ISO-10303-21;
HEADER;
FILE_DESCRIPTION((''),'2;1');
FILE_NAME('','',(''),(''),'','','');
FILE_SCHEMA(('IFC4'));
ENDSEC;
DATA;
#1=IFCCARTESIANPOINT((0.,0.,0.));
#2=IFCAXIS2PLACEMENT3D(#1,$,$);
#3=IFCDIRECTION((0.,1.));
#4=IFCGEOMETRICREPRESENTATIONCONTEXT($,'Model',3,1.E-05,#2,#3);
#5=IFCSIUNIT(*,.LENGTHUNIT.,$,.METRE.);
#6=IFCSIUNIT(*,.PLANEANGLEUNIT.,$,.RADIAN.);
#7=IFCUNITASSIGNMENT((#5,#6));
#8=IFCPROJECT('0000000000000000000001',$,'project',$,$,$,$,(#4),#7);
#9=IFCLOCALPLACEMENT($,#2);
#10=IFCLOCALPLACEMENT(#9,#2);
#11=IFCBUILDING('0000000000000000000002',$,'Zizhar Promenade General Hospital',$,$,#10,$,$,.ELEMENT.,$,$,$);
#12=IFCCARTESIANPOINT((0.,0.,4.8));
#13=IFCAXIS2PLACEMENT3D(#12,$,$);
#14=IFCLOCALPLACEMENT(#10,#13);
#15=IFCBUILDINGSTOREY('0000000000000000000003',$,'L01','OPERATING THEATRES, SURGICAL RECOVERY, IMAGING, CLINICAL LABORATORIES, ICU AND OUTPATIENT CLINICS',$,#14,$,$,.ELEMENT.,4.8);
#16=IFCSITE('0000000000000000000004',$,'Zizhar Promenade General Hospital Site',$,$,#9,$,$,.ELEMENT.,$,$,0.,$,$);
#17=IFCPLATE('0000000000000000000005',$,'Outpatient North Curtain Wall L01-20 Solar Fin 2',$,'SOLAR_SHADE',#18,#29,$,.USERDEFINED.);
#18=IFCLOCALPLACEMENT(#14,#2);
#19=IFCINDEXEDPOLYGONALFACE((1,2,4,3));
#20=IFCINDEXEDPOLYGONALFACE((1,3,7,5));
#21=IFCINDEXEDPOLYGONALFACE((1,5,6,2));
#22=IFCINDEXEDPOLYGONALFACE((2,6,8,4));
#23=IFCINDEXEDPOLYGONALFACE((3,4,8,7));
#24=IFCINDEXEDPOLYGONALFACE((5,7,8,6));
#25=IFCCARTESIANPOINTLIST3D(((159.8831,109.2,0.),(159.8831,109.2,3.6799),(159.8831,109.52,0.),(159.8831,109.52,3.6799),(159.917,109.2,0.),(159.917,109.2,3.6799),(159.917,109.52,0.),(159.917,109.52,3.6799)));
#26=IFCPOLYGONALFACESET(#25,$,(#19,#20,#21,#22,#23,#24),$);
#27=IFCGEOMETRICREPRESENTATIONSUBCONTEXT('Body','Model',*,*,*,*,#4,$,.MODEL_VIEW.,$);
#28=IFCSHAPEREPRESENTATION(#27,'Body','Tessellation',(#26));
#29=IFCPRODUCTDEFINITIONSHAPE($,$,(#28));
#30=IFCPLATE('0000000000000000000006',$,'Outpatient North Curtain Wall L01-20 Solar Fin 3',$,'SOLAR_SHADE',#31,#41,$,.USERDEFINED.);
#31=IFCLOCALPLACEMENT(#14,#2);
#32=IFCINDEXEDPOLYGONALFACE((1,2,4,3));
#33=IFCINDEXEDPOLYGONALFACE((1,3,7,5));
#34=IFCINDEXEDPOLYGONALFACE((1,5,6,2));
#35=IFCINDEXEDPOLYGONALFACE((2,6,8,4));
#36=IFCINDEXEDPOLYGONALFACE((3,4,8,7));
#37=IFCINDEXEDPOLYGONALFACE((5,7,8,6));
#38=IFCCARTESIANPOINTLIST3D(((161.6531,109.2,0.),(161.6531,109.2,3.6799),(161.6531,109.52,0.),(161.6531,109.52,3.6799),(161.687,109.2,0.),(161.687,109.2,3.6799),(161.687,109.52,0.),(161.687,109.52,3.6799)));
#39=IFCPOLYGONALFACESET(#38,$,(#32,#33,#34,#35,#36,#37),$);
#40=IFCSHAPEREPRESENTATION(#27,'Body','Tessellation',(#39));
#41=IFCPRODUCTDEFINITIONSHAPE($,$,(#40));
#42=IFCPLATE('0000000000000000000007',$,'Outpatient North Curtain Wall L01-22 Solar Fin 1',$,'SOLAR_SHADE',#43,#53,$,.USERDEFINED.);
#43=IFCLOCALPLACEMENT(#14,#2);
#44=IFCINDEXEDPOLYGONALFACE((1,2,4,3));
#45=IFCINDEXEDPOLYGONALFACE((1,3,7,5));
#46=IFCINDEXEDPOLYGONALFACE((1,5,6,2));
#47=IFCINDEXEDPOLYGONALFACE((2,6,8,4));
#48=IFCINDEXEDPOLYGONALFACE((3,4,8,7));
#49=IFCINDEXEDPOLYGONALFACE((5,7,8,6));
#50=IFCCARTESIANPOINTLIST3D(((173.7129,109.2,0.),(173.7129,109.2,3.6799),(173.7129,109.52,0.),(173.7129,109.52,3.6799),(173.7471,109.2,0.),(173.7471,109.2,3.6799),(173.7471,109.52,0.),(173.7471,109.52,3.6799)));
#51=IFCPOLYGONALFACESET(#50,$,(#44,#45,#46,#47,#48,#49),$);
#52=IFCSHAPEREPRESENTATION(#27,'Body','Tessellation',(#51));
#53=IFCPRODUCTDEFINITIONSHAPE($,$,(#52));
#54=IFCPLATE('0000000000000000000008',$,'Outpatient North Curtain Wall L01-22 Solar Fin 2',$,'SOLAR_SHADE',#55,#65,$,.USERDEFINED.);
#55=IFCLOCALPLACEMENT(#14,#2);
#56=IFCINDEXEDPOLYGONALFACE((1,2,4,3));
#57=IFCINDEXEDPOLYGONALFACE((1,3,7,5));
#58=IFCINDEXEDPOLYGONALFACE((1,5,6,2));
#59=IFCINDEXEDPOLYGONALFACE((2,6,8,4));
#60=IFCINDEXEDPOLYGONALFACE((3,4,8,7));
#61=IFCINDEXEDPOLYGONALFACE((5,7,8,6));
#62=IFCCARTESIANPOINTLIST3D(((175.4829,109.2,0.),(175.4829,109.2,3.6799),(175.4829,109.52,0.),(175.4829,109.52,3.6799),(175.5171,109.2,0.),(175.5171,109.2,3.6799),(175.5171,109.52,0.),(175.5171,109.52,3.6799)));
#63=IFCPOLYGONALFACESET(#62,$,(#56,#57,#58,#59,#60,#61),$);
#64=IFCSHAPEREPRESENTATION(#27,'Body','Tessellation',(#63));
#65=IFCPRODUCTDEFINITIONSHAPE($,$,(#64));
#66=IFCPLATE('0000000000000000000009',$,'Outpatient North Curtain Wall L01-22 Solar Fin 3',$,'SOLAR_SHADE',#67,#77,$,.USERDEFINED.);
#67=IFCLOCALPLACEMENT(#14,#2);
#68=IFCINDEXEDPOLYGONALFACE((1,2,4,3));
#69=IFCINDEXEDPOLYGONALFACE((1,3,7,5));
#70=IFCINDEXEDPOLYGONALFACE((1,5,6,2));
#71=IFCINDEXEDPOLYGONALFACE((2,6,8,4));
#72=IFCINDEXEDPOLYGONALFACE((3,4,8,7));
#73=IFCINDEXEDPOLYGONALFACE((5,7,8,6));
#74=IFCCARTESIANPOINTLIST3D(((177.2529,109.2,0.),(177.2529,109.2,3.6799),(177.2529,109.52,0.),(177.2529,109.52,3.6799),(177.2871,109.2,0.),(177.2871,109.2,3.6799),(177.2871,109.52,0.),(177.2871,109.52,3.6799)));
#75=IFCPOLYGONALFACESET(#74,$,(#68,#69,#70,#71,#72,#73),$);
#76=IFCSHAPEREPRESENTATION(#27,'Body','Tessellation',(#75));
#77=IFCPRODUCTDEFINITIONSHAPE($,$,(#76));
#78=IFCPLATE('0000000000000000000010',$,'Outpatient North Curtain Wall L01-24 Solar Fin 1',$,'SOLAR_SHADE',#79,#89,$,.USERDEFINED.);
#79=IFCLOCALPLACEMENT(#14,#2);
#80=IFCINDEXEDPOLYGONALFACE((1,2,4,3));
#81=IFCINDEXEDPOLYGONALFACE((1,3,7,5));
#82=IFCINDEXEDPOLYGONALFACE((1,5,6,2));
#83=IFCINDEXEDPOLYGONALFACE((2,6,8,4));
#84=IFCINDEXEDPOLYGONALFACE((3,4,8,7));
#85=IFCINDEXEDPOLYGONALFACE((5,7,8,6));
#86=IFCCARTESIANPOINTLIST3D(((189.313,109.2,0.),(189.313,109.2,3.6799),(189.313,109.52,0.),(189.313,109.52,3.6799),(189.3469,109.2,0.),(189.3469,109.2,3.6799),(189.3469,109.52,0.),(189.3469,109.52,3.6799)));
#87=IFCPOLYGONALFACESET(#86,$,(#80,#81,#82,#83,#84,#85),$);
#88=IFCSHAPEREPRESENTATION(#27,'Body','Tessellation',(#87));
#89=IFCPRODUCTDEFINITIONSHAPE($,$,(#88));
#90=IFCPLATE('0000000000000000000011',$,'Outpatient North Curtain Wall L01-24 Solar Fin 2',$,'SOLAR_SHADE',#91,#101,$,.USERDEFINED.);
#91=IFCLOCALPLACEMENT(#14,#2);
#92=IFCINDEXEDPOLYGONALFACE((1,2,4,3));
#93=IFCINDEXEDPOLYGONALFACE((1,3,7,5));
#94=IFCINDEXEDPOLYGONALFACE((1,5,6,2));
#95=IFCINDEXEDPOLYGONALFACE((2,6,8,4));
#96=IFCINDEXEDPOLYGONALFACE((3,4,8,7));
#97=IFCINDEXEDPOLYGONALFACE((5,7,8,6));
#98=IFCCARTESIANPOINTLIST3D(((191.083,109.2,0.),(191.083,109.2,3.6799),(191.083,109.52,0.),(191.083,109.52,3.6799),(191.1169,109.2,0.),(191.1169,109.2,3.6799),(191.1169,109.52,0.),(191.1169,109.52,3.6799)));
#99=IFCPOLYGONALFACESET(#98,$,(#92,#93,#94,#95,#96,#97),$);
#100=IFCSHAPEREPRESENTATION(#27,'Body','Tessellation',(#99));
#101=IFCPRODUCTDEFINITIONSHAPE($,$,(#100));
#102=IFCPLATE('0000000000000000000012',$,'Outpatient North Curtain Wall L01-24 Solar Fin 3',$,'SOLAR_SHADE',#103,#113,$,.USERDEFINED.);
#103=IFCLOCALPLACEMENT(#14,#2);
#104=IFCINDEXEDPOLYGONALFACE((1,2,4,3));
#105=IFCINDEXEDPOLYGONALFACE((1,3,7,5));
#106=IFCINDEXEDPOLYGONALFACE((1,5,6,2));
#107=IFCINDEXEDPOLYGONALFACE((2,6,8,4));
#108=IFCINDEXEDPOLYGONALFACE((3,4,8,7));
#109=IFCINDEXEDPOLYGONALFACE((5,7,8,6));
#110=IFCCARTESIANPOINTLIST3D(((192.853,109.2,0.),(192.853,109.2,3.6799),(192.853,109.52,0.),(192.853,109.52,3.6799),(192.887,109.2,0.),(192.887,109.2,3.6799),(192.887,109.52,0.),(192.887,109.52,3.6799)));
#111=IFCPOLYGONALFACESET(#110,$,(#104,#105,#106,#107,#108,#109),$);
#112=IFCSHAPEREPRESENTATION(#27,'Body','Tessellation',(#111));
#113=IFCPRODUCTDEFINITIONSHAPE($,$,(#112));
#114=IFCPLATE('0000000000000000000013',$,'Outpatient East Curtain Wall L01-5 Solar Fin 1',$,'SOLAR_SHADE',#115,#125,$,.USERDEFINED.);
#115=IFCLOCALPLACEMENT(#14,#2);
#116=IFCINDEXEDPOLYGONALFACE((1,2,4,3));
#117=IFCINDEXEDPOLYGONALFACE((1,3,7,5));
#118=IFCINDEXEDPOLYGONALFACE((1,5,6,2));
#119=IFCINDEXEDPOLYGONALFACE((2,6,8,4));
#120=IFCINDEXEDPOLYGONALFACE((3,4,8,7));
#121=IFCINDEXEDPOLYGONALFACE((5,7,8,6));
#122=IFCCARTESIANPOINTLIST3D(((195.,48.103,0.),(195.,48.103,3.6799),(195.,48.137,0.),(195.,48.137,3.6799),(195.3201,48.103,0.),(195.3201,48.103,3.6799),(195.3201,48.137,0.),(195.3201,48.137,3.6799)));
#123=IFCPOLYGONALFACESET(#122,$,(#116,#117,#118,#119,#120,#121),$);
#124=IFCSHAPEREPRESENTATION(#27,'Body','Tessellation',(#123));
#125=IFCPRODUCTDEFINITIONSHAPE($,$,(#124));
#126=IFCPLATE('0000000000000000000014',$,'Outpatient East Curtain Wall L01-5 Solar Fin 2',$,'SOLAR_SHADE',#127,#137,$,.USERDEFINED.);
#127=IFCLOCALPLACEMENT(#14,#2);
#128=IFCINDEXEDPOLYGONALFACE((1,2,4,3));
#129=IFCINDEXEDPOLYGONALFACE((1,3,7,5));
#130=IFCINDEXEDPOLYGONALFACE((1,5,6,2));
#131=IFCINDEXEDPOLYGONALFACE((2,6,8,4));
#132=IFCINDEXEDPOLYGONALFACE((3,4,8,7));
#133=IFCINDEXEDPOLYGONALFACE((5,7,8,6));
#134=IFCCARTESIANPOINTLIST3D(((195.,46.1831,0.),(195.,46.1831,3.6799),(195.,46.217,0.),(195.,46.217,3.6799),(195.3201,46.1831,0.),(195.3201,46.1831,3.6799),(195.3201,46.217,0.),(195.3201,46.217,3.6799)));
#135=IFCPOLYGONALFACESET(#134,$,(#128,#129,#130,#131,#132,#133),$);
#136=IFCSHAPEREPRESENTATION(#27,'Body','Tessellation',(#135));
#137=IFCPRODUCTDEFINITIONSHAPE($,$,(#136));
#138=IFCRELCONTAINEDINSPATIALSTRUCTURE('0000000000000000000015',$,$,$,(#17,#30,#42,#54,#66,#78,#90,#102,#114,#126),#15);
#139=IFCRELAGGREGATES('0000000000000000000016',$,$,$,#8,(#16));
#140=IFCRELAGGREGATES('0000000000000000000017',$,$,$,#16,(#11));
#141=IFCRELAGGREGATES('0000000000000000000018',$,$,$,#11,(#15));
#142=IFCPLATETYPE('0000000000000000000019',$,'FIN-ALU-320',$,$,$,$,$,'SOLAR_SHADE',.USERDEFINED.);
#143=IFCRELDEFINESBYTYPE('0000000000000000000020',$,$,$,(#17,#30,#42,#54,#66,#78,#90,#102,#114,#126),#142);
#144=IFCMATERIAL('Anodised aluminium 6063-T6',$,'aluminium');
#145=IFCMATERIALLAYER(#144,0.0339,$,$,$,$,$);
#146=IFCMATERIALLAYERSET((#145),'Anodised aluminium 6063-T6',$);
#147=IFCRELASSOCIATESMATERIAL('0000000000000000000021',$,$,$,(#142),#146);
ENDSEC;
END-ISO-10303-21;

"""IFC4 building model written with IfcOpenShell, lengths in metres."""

from ifc_helpers import new_model, si_unit, direction, frame, origin, place, context, subcontext, project, spatial, polyline, outline, extrude, material, layer, layer_set, type_object, element, save


model = new_model("IFC4")

# Units and contexts
model_context = context("Model", 3, precision=1e-05, world=origin(), true_north=direction((0.0, 1.0)))
body_context = subcontext(model_context, "Body", "Model", "MODEL_VIEW")
ifc_project = project(units=[si_unit("LENGTHUNIT", "METRE"), si_unit("PLANEANGLEUNIT", "RADIAN")], contexts=[model_context])

# Site, building, storey
site_placement = place(None, origin())
site = spatial("IfcSite", under=ifc_project, at=site_placement, Name="Zizhar Promenade General Hospital Site", CompositionType="ELEMENT", RefElevation=0.0)
building_placement = place(site_placement, origin())
building = spatial("IfcBuilding", under=site, at=building_placement, Name="Zizhar Promenade General Hospital", CompositionType="ELEMENT")
storey_placement = place(building_placement, frame((0.0, 0.0, 4.8)))
storey = spatial("IfcBuildingStorey", under=building, at=storey_placement, Name="L01", Description="OPERATING THEATRES, SURGICAL RECOVERY, IMAGING, CLINICAL LABORATORIES, ICU AND OUTPATIENT CLINICS", CompositionType="ELEMENT", Elevation=4.8)

# Plates
ifc_material = material(Name="Anodised aluminium 6063-T6", Category="aluminium")
ifc_layer = layer(ifc_material, 0.0339)
ifc_layer_set = layer_set([ifc_layer], Name="Anodised aluminium 6063-T6")
plate_type = type_object("IfcPlateType", Name="FIN-ALU-320", ElementType="SOLAR_SHADE", PredefinedType="USERDEFINED", material=ifc_layer_set)
plate_1_placement = place(storey_placement, origin())
element("IfcPlate", 1, at=plate_1_placement, inside=storey, type_object=plate_type, Name="Outpatient North Curtain Wall L01-20 Solar Fin 2", ObjectType="SOLAR_SHADE", PredefinedType="USERDEFINED", context=body_context, shape_type="SweptSolid", body=[
    extrude(outline(polyline([(159.8831, 109.2), (159.917, 109.2), (159.917, 109.52), (159.8831, 109.52), (159.8831, 109.2)])), origin(), (0.0, 0.0, 1.0), 3.6799),
])
plate_2_placement = place(storey_placement, origin())
element("IfcPlate", 2, at=plate_2_placement, inside=storey, type_object=plate_type, Name="Outpatient North Curtain Wall L01-20 Solar Fin 3", ObjectType="SOLAR_SHADE", PredefinedType="USERDEFINED", context=body_context, shape_type="SweptSolid", body=[
    extrude(outline(polyline([(161.6531, 109.2), (161.687, 109.2), (161.687, 109.52), (161.6531, 109.52), (161.6531, 109.2)])), origin(), (0.0, 0.0, 1.0), 3.6799),
])
plate_3_placement = place(storey_placement, origin())
element("IfcPlate", 3, at=plate_3_placement, inside=storey, type_object=plate_type, Name="Outpatient North Curtain Wall L01-22 Solar Fin 1", ObjectType="SOLAR_SHADE", PredefinedType="USERDEFINED", context=body_context, shape_type="SweptSolid", body=[
    extrude(outline(polyline([(173.7129, 109.2), (173.7471, 109.2), (173.7471, 109.52), (173.7129, 109.52), (173.7129, 109.2)])), origin(), (0.0, 0.0, 1.0), 3.6799),
])
plate_4_placement = place(storey_placement, origin())
element("IfcPlate", 4, at=plate_4_placement, inside=storey, type_object=plate_type, Name="Outpatient North Curtain Wall L01-22 Solar Fin 2", ObjectType="SOLAR_SHADE", PredefinedType="USERDEFINED", context=body_context, shape_type="SweptSolid", body=[
    extrude(outline(polyline([(175.4829, 109.2), (175.5171, 109.2), (175.5171, 109.52), (175.4829, 109.52), (175.4829, 109.2)])), origin(), (0.0, 0.0, 1.0), 3.6799),
])
plate_5_placement = place(storey_placement, origin())
element("IfcPlate", 5, at=plate_5_placement, inside=storey, type_object=plate_type, Name="Outpatient North Curtain Wall L01-22 Solar Fin 3", ObjectType="SOLAR_SHADE", PredefinedType="USERDEFINED", context=body_context, shape_type="SweptSolid", body=[
    extrude(outline(polyline([(177.2529, 109.2), (177.2871, 109.2), (177.2871, 109.52), (177.2529, 109.52), (177.2529, 109.2)])), origin(), (0.0, 0.0, 1.0), 3.6799),
])
plate_6_placement = place(storey_placement, origin())
element("IfcPlate", 6, at=plate_6_placement, inside=storey, type_object=plate_type, Name="Outpatient North Curtain Wall L01-24 Solar Fin 1", ObjectType="SOLAR_SHADE", PredefinedType="USERDEFINED", context=body_context, shape_type="SweptSolid", body=[
    extrude(outline(polyline([(189.313, 109.2), (189.3469, 109.2), (189.3469, 109.52), (189.313, 109.52), (189.313, 109.2)])), origin(), (0.0, 0.0, 1.0), 3.6799),
])
plate_7_placement = place(storey_placement, origin())
element("IfcPlate", 7, at=plate_7_placement, inside=storey, type_object=plate_type, Name="Outpatient North Curtain Wall L01-24 Solar Fin 2", ObjectType="SOLAR_SHADE", PredefinedType="USERDEFINED", context=body_context, shape_type="SweptSolid", body=[
    extrude(outline(polyline([(191.083, 109.2), (191.1169, 109.2), (191.1169, 109.52), (191.083, 109.52), (191.083, 109.2)])), origin(), (0.0, 0.0, 1.0), 3.6799),
])
plate_8_placement = place(storey_placement, origin())
element("IfcPlate", 8, at=plate_8_placement, inside=storey, type_object=plate_type, Name="Outpatient North Curtain Wall L01-24 Solar Fin 3", ObjectType="SOLAR_SHADE", PredefinedType="USERDEFINED", context=body_context, shape_type="SweptSolid", body=[
    extrude(outline(polyline([(192.853, 109.2), (192.887, 109.2), (192.887, 109.52), (192.853, 109.52), (192.853, 109.2)])), origin(), (0.0, 0.0, 1.0), 3.6799),
])
plate_9_placement = place(storey_placement, origin())
element("IfcPlate", 9, at=plate_9_placement, inside=storey, type_object=plate_type, Name="Outpatient East Curtain Wall L01-5 Solar Fin 1", ObjectType="SOLAR_SHADE", PredefinedType="USERDEFINED", context=body_context, shape_type="SweptSolid", body=[
    extrude(outline(polyline([(195.0, 48.137), (195.0, 48.103), (195.3201, 48.103), (195.3201, 48.137), (195.0, 48.137)])), origin(), (0.0, 0.0, 1.0), 3.6799),
])
plate_10_placement = place(storey_placement, origin())
element("IfcPlate", 10, at=plate_10_placement, inside=storey, type_object=plate_type, Name="Outpatient East Curtain Wall L01-5 Solar Fin 2", ObjectType="SOLAR_SHADE", PredefinedType="USERDEFINED", context=body_context, shape_type="SweptSolid", body=[
    extrude(outline(polyline([(195.0, 46.217), (195.0, 46.1831), (195.3201, 46.1831), (195.3201, 46.217), (195.0, 46.217)])), origin(), (0.0, 0.0, 1.0), 3.6799),
])

save(model, "model.ifc")
